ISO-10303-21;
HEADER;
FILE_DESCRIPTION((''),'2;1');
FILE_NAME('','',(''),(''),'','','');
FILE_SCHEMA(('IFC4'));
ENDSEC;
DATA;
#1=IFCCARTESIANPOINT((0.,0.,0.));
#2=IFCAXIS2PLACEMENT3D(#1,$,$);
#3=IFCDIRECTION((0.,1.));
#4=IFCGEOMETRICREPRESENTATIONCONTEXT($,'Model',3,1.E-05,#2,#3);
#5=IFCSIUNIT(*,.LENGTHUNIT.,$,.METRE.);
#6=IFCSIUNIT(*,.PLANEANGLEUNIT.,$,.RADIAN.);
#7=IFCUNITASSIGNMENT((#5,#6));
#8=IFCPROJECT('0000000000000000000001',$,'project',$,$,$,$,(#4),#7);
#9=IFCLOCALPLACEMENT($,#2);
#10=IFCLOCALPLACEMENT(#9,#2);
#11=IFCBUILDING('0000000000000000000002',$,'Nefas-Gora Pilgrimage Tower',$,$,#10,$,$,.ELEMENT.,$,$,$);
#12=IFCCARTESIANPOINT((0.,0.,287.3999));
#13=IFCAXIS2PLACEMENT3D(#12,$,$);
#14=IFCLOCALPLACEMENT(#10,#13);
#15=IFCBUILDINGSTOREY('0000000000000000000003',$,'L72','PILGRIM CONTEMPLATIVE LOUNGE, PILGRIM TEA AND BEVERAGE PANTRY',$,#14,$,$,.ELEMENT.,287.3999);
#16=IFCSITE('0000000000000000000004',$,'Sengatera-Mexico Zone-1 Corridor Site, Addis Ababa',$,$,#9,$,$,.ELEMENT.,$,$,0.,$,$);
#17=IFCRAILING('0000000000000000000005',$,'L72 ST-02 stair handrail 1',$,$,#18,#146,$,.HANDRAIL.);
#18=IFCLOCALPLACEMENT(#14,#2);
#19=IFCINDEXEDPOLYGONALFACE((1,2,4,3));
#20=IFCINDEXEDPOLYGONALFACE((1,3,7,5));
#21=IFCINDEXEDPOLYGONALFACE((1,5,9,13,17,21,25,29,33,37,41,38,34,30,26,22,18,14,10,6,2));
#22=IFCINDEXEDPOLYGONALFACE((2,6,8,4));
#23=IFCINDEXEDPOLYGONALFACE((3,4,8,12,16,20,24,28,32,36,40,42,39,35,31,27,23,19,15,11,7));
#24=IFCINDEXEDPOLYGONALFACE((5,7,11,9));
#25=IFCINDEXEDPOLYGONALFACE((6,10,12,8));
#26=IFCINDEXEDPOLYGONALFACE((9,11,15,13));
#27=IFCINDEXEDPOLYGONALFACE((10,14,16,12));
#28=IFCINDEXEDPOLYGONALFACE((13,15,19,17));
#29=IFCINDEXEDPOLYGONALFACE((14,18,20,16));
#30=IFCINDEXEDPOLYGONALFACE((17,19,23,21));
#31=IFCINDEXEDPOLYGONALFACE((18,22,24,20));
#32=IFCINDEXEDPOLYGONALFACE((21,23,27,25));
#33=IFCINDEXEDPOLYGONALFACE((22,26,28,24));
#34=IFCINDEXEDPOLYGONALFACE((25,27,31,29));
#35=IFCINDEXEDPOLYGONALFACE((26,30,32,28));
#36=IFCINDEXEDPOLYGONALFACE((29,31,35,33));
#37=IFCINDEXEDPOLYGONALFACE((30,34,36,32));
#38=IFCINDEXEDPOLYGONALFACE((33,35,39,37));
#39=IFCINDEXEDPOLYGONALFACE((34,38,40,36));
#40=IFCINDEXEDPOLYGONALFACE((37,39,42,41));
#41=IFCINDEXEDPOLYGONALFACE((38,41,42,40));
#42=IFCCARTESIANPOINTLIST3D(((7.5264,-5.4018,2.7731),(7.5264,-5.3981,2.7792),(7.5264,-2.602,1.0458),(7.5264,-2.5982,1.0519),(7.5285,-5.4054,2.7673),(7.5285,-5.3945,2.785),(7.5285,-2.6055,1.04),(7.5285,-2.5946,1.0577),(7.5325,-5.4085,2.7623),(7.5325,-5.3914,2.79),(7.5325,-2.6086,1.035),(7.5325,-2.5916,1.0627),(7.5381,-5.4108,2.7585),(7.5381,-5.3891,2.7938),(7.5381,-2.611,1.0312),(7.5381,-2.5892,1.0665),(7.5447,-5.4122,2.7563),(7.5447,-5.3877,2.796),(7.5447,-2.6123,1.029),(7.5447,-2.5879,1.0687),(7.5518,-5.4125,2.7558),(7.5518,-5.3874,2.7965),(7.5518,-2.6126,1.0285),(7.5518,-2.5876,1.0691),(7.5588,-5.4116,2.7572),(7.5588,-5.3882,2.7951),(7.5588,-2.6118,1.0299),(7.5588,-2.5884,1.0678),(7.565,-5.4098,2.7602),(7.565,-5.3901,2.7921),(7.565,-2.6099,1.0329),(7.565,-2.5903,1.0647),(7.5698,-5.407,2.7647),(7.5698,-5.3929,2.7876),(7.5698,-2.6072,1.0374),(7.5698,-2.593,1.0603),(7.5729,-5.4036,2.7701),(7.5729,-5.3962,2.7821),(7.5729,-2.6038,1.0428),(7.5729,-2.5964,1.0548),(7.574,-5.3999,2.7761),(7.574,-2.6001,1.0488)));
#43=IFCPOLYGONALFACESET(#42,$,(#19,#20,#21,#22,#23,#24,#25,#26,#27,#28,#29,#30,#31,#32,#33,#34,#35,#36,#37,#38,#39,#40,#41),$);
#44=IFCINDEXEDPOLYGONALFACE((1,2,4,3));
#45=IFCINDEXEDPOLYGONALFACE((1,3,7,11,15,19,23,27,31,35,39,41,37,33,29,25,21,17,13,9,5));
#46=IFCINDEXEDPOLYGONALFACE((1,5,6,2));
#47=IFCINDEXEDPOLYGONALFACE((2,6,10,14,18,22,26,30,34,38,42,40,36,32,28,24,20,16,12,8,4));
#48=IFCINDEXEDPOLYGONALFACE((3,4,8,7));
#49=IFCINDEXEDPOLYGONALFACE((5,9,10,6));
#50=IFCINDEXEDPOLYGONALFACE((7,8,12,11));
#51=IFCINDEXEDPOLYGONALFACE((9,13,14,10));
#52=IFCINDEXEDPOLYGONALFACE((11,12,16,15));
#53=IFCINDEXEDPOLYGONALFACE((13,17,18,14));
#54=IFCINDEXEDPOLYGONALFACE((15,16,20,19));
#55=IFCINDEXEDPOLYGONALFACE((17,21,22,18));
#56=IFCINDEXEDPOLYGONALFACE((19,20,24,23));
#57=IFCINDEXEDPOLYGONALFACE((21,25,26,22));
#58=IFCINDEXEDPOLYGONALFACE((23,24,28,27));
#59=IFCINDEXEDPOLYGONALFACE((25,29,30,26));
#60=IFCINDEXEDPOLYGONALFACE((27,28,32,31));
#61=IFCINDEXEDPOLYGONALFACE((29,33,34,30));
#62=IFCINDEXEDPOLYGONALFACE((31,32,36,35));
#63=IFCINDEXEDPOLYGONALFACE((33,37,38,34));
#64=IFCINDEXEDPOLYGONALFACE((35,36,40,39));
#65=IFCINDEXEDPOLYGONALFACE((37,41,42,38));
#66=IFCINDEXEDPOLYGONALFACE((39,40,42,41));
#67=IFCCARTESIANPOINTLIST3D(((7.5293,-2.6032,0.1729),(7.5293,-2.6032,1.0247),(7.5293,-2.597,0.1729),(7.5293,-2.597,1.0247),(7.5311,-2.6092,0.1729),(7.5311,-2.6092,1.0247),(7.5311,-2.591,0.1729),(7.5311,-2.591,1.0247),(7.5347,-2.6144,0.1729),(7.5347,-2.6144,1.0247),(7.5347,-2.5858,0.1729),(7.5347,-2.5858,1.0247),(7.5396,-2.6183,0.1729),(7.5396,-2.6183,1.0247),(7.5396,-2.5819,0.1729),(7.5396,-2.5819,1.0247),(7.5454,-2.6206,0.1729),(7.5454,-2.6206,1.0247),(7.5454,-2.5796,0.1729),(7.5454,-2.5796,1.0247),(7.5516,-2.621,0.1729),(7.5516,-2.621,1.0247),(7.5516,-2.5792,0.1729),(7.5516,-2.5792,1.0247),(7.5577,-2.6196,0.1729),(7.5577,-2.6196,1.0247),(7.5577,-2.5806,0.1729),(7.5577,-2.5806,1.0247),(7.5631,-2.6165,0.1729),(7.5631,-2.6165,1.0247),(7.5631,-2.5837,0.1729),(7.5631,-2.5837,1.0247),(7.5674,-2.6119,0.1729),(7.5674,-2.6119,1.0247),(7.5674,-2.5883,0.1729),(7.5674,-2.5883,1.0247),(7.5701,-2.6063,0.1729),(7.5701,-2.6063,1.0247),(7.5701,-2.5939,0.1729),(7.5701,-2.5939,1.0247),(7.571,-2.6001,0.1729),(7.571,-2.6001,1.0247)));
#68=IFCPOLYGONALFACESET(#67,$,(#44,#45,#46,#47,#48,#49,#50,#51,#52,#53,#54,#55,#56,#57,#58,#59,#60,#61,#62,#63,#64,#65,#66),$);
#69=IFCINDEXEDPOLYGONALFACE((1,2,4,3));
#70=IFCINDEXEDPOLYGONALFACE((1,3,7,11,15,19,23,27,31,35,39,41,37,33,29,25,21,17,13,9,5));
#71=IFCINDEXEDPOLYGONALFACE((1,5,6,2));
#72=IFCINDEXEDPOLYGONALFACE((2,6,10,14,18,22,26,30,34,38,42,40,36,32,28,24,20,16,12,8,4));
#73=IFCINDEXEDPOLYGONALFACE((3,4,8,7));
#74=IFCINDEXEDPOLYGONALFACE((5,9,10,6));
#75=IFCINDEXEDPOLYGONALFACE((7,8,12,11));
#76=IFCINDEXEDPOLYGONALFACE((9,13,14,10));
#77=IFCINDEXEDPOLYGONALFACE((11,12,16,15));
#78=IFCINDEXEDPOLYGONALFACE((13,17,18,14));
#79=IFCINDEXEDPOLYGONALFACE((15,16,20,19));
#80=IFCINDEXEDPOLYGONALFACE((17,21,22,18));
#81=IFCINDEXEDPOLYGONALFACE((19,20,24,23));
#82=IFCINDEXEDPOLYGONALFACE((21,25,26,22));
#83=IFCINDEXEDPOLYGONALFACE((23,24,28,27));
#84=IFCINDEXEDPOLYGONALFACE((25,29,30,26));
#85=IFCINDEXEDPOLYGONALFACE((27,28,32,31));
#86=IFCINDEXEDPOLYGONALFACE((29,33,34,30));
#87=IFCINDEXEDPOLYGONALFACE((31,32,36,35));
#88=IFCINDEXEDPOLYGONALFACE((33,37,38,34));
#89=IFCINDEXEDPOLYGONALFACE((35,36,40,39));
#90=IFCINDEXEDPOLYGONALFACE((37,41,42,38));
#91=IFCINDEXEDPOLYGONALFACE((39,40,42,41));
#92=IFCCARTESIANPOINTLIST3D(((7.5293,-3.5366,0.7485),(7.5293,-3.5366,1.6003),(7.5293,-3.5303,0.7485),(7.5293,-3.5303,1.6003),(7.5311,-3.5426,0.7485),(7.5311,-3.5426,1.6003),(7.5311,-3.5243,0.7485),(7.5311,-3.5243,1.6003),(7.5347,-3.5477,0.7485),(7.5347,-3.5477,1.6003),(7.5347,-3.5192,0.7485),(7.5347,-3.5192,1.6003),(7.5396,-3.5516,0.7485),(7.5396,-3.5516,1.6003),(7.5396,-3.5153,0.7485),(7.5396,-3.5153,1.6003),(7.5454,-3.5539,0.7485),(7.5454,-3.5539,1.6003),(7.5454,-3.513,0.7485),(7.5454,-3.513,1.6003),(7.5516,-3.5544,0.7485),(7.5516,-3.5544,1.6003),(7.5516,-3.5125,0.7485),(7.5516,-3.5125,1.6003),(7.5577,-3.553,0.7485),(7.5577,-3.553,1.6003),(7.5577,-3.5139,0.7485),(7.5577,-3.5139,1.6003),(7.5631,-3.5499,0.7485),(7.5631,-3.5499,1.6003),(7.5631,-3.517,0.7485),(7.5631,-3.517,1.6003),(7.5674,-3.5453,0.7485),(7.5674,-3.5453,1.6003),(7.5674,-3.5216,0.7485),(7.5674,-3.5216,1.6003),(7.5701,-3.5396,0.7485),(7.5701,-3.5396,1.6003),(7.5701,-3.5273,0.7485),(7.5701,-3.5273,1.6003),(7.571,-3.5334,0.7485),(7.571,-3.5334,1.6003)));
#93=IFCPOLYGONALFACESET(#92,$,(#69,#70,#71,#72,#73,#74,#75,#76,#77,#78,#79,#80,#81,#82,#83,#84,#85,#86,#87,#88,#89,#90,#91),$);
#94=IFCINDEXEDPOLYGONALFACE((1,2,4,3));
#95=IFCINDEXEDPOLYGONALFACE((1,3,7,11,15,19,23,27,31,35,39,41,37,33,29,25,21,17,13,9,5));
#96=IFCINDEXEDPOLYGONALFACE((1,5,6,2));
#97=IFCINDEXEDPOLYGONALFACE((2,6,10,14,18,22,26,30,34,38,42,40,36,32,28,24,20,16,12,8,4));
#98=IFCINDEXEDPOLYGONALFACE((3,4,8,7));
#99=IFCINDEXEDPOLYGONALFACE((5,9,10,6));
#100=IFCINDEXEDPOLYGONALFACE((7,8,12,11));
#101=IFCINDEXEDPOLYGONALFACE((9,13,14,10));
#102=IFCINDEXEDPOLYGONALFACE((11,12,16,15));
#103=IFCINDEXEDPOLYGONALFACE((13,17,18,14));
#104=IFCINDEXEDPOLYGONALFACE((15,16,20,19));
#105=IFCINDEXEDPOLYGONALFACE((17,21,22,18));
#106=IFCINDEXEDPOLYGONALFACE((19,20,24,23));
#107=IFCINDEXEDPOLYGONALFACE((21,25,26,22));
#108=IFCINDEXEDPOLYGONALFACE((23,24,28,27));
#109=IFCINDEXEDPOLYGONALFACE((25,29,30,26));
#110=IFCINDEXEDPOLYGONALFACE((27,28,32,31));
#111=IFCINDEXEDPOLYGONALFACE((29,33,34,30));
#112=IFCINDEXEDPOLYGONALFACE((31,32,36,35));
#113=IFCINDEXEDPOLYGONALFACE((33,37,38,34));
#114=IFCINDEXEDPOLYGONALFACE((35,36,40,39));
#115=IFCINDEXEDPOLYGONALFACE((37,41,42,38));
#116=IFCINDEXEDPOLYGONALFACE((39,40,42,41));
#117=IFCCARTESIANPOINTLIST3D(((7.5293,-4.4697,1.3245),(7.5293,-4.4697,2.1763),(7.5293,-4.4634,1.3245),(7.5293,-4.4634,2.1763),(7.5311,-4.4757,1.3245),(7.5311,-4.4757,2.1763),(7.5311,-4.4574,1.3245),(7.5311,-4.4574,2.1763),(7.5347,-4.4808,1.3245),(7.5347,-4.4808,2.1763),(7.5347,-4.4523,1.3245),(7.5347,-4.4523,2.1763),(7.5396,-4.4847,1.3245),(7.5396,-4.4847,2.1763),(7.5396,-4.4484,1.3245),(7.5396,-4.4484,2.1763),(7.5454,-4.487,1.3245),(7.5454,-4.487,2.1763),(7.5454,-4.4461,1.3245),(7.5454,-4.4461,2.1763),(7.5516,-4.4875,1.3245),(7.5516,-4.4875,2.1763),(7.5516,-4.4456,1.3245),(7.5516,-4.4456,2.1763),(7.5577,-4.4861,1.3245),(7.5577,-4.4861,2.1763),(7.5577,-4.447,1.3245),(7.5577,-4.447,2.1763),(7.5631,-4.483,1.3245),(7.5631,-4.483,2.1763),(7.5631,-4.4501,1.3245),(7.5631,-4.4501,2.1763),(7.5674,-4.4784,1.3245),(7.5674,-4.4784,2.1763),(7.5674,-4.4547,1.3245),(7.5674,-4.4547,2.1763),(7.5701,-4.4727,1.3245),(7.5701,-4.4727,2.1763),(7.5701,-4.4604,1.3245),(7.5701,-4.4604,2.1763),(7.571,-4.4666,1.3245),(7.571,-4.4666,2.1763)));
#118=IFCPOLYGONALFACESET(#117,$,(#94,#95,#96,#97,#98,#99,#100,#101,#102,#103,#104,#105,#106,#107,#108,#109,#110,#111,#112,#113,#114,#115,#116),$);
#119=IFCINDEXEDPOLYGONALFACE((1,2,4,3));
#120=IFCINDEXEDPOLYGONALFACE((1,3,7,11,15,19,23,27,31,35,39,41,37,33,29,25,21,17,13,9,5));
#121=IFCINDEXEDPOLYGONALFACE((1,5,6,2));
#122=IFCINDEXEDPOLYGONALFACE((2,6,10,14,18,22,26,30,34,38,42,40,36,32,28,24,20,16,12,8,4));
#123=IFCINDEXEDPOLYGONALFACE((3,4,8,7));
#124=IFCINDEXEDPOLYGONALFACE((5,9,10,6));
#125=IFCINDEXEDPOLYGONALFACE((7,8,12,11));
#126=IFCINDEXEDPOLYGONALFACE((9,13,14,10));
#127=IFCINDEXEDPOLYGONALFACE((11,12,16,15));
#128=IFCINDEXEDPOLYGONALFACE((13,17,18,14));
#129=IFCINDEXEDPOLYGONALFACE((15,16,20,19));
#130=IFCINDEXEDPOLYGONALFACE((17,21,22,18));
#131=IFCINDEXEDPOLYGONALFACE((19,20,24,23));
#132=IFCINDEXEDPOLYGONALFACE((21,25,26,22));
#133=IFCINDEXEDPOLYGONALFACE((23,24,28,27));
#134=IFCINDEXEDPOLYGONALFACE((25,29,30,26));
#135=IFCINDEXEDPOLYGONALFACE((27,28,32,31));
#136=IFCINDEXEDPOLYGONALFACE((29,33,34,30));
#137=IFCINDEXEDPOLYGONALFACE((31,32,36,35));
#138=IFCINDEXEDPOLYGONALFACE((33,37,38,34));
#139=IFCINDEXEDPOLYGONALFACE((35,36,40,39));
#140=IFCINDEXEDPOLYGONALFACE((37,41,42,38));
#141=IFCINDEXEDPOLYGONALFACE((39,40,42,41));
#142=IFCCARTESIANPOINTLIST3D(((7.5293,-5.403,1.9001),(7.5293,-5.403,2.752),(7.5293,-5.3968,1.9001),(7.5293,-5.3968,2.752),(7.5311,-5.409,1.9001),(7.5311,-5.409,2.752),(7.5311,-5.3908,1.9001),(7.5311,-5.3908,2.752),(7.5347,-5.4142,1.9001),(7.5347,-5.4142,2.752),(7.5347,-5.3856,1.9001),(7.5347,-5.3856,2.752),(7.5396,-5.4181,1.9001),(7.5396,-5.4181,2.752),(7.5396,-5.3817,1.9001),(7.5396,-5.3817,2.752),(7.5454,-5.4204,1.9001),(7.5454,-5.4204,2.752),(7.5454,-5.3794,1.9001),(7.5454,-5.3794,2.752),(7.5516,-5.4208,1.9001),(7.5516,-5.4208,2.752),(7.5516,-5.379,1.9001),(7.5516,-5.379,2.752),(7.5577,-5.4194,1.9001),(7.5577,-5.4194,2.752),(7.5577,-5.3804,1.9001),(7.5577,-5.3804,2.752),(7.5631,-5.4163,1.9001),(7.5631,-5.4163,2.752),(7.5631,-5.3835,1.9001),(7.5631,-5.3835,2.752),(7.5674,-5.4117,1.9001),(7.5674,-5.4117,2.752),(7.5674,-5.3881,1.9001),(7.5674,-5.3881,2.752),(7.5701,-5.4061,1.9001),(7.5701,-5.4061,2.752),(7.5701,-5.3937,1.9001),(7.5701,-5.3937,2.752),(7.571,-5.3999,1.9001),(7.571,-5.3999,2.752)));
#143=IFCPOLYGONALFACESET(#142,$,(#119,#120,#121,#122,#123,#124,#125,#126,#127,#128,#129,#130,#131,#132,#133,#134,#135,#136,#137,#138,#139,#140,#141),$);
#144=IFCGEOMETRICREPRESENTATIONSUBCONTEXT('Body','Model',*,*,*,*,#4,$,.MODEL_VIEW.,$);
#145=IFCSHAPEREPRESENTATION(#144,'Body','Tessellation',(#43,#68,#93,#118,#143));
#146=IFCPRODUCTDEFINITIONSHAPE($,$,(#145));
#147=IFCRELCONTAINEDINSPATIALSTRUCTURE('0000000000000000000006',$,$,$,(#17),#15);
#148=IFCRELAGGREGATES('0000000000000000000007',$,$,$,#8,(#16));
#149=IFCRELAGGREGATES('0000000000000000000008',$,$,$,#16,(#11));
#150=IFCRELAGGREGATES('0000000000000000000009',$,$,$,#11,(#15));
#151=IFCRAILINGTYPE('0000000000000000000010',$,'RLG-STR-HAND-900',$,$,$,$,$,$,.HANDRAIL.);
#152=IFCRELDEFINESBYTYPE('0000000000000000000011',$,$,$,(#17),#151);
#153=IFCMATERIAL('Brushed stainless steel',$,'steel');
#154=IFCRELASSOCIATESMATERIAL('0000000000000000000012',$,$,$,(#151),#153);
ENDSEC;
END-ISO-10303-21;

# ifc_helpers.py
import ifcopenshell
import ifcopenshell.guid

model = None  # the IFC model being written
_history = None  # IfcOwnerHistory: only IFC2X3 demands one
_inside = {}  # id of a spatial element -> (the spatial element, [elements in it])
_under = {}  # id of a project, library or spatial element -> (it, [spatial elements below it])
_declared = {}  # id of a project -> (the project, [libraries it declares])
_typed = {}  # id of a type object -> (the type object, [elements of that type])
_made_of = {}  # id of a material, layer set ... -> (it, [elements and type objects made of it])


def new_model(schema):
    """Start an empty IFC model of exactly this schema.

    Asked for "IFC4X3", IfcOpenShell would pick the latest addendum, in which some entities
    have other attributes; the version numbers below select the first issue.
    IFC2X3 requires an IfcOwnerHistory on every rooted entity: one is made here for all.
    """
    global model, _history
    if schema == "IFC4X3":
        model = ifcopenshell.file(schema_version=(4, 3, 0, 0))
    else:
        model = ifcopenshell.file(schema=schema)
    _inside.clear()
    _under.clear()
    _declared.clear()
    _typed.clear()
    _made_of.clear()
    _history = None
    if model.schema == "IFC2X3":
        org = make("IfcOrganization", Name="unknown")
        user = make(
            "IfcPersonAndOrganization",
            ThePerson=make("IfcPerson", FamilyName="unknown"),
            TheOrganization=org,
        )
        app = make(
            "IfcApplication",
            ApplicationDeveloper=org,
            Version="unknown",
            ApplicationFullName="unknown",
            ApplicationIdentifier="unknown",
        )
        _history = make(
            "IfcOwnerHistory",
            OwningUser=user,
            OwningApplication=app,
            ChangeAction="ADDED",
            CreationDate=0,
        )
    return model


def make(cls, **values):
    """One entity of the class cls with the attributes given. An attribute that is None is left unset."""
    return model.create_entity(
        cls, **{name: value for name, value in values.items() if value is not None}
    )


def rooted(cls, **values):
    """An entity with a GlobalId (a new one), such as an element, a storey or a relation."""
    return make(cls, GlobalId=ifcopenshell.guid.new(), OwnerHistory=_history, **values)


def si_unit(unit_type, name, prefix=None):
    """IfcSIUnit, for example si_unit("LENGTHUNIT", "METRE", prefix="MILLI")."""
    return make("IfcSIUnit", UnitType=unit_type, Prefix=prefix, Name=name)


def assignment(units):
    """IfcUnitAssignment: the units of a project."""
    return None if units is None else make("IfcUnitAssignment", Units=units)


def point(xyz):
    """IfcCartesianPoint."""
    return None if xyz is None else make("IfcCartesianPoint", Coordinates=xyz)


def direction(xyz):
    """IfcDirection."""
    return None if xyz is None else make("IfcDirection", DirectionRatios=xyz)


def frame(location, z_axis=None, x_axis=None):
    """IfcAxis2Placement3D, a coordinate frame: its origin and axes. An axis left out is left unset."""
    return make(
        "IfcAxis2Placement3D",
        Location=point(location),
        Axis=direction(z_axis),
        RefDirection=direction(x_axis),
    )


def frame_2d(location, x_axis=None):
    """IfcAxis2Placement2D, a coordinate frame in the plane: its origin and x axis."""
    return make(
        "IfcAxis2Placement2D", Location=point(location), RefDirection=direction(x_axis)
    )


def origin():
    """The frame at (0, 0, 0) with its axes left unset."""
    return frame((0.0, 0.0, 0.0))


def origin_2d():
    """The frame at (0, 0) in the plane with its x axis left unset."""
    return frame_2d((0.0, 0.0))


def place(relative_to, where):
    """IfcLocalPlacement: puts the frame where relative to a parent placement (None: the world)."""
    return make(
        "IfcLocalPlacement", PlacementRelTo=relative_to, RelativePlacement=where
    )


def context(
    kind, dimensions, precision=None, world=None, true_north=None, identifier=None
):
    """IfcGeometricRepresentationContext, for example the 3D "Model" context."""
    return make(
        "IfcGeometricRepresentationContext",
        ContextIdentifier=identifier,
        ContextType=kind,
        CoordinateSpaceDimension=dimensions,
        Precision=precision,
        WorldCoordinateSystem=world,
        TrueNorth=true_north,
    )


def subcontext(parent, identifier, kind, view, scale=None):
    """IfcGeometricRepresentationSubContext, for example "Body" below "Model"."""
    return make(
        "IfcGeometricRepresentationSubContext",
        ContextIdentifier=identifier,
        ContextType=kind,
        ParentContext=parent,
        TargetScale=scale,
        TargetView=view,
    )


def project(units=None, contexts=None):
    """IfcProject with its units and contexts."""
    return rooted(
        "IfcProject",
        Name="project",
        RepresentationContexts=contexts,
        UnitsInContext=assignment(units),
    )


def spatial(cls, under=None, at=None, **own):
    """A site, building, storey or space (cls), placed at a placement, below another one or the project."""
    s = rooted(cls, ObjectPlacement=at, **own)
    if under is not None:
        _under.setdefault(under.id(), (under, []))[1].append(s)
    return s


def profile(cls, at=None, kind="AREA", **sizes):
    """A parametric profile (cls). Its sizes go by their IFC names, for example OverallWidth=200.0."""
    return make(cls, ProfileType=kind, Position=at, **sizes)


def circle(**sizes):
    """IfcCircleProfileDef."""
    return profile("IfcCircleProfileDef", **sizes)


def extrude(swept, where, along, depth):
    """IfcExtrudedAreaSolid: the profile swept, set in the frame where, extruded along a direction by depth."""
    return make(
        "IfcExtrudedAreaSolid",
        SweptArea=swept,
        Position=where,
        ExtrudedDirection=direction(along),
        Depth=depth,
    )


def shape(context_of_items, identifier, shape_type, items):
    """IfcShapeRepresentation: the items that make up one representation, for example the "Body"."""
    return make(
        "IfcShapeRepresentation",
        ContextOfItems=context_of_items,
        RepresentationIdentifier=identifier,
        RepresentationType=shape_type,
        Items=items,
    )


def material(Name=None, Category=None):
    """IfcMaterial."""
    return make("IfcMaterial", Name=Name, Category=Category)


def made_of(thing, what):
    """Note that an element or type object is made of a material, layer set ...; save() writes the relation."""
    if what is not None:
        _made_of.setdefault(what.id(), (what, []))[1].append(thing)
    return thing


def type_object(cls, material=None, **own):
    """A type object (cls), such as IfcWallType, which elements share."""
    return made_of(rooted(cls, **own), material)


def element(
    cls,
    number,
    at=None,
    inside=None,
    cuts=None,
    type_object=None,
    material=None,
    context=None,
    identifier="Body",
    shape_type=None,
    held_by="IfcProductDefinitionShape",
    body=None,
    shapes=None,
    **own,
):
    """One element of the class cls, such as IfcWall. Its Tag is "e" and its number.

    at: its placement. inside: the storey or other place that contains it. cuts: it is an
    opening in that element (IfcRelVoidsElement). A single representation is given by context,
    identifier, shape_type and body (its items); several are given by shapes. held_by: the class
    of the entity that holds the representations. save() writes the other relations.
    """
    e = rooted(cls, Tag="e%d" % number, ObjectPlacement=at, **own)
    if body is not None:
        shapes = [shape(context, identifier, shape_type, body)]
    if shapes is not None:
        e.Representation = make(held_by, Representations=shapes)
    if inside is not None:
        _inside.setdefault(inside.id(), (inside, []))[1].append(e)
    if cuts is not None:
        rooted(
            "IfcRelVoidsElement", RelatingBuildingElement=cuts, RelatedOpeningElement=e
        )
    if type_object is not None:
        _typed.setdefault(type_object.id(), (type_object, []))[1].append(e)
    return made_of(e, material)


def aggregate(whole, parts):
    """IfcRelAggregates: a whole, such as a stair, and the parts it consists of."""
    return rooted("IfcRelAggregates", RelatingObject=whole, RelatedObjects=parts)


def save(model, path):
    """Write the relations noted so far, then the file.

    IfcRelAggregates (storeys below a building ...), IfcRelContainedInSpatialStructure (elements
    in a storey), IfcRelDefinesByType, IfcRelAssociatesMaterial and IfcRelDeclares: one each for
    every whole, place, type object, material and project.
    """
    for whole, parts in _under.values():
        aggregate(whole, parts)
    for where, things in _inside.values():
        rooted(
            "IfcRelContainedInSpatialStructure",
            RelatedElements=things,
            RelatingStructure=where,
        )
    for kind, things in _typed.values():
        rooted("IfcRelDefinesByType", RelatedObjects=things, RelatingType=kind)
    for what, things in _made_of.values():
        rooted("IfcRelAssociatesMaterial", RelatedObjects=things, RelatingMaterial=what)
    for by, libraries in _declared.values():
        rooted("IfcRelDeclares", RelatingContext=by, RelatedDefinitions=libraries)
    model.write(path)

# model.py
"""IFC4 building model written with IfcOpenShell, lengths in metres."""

from ifc_helpers import new_model, si_unit, direction, frame, origin, origin_2d, place, context, subcontext, project, spatial, circle, extrude, material, type_object, element, save


model = new_model("IFC4")

# Units and contexts
model_context = context("Model", 3, precision=1e-05, world=origin(), true_north=direction((0.0, 1.0)))
body_context = subcontext(model_context, "Body", "Model", "MODEL_VIEW")
ifc_project = project(units=[si_unit("LENGTHUNIT", "METRE"), si_unit("PLANEANGLEUNIT", "RADIAN")], contexts=[model_context])

# Site, building, storey
site_placement = place(None, origin())
site = spatial("IfcSite", under=ifc_project, at=site_placement, Name="Sengatera-Mexico Zone-1 Corridor Site, Addis Ababa", CompositionType="ELEMENT", RefElevation=0.0)
building_placement = place(site_placement, origin())
building = spatial("IfcBuilding", under=site, at=building_placement, Name="Nefas-Gora Pilgrimage Tower", CompositionType="ELEMENT")
storey_placement = place(building_placement, frame((0.0, 0.0, 287.3999)))
storey = spatial("IfcBuildingStorey", under=building, at=storey_placement, Name="L72", Description="PILGRIM CONTEMPLATIVE LOUNGE, PILGRIM TEA AND BEVERAGE PANTRY", CompositionType="ELEMENT", Elevation=287.3999)

# Railing
ifc_material_1 = material(Name="Brushed stainless steel", Category="steel")
railing_type_1 = type_object("IfcRailingType", Name="RLG-STR-HAND-900", PredefinedType="HANDRAIL", material=ifc_material_1)
railing_1_placement = place(storey_placement, frame((7.55, -2.6001, 0.1729)))
element("IfcRailing", 1, at=railing_1_placement, inside=storey, type_object=railing_type_1, Name="L72 ST-02 stair handrail 1", PredefinedType="HANDRAIL", context=body_context, shape_type="SweptSolid", body=[
    extrude(circle(Radius=0.0239, at=origin_2d()), frame((0.0, 0.0, 0.876), z_axis=(0.0, -0.851069, 0.525054), x_axis=(1.0, 0.0, 0.0)), (0.0, 0.0, 1.0), 3.2898),
    extrude(circle(Radius=0.021, at=origin_2d()), origin(), (0.0, 0.0, 1.0), 0.8518),
    extrude(circle(Radius=0.021, at=origin_2d()), frame((0.0, -0.9333, 0.5757)), (0.0, 0.0, 1.0), 0.8518),
    extrude(circle(Radius=0.021, at=origin_2d()), frame((0.0, -1.8665, 1.1516)), (0.0, 0.0, 1.0), 0.8518),
    extrude(circle(Radius=0.021, at=origin_2d()), frame((0.0, -2.7998, 1.7273)), (0.0, 0.0, 1.0), 0.8518),
])

save(model, "model.ifc")
